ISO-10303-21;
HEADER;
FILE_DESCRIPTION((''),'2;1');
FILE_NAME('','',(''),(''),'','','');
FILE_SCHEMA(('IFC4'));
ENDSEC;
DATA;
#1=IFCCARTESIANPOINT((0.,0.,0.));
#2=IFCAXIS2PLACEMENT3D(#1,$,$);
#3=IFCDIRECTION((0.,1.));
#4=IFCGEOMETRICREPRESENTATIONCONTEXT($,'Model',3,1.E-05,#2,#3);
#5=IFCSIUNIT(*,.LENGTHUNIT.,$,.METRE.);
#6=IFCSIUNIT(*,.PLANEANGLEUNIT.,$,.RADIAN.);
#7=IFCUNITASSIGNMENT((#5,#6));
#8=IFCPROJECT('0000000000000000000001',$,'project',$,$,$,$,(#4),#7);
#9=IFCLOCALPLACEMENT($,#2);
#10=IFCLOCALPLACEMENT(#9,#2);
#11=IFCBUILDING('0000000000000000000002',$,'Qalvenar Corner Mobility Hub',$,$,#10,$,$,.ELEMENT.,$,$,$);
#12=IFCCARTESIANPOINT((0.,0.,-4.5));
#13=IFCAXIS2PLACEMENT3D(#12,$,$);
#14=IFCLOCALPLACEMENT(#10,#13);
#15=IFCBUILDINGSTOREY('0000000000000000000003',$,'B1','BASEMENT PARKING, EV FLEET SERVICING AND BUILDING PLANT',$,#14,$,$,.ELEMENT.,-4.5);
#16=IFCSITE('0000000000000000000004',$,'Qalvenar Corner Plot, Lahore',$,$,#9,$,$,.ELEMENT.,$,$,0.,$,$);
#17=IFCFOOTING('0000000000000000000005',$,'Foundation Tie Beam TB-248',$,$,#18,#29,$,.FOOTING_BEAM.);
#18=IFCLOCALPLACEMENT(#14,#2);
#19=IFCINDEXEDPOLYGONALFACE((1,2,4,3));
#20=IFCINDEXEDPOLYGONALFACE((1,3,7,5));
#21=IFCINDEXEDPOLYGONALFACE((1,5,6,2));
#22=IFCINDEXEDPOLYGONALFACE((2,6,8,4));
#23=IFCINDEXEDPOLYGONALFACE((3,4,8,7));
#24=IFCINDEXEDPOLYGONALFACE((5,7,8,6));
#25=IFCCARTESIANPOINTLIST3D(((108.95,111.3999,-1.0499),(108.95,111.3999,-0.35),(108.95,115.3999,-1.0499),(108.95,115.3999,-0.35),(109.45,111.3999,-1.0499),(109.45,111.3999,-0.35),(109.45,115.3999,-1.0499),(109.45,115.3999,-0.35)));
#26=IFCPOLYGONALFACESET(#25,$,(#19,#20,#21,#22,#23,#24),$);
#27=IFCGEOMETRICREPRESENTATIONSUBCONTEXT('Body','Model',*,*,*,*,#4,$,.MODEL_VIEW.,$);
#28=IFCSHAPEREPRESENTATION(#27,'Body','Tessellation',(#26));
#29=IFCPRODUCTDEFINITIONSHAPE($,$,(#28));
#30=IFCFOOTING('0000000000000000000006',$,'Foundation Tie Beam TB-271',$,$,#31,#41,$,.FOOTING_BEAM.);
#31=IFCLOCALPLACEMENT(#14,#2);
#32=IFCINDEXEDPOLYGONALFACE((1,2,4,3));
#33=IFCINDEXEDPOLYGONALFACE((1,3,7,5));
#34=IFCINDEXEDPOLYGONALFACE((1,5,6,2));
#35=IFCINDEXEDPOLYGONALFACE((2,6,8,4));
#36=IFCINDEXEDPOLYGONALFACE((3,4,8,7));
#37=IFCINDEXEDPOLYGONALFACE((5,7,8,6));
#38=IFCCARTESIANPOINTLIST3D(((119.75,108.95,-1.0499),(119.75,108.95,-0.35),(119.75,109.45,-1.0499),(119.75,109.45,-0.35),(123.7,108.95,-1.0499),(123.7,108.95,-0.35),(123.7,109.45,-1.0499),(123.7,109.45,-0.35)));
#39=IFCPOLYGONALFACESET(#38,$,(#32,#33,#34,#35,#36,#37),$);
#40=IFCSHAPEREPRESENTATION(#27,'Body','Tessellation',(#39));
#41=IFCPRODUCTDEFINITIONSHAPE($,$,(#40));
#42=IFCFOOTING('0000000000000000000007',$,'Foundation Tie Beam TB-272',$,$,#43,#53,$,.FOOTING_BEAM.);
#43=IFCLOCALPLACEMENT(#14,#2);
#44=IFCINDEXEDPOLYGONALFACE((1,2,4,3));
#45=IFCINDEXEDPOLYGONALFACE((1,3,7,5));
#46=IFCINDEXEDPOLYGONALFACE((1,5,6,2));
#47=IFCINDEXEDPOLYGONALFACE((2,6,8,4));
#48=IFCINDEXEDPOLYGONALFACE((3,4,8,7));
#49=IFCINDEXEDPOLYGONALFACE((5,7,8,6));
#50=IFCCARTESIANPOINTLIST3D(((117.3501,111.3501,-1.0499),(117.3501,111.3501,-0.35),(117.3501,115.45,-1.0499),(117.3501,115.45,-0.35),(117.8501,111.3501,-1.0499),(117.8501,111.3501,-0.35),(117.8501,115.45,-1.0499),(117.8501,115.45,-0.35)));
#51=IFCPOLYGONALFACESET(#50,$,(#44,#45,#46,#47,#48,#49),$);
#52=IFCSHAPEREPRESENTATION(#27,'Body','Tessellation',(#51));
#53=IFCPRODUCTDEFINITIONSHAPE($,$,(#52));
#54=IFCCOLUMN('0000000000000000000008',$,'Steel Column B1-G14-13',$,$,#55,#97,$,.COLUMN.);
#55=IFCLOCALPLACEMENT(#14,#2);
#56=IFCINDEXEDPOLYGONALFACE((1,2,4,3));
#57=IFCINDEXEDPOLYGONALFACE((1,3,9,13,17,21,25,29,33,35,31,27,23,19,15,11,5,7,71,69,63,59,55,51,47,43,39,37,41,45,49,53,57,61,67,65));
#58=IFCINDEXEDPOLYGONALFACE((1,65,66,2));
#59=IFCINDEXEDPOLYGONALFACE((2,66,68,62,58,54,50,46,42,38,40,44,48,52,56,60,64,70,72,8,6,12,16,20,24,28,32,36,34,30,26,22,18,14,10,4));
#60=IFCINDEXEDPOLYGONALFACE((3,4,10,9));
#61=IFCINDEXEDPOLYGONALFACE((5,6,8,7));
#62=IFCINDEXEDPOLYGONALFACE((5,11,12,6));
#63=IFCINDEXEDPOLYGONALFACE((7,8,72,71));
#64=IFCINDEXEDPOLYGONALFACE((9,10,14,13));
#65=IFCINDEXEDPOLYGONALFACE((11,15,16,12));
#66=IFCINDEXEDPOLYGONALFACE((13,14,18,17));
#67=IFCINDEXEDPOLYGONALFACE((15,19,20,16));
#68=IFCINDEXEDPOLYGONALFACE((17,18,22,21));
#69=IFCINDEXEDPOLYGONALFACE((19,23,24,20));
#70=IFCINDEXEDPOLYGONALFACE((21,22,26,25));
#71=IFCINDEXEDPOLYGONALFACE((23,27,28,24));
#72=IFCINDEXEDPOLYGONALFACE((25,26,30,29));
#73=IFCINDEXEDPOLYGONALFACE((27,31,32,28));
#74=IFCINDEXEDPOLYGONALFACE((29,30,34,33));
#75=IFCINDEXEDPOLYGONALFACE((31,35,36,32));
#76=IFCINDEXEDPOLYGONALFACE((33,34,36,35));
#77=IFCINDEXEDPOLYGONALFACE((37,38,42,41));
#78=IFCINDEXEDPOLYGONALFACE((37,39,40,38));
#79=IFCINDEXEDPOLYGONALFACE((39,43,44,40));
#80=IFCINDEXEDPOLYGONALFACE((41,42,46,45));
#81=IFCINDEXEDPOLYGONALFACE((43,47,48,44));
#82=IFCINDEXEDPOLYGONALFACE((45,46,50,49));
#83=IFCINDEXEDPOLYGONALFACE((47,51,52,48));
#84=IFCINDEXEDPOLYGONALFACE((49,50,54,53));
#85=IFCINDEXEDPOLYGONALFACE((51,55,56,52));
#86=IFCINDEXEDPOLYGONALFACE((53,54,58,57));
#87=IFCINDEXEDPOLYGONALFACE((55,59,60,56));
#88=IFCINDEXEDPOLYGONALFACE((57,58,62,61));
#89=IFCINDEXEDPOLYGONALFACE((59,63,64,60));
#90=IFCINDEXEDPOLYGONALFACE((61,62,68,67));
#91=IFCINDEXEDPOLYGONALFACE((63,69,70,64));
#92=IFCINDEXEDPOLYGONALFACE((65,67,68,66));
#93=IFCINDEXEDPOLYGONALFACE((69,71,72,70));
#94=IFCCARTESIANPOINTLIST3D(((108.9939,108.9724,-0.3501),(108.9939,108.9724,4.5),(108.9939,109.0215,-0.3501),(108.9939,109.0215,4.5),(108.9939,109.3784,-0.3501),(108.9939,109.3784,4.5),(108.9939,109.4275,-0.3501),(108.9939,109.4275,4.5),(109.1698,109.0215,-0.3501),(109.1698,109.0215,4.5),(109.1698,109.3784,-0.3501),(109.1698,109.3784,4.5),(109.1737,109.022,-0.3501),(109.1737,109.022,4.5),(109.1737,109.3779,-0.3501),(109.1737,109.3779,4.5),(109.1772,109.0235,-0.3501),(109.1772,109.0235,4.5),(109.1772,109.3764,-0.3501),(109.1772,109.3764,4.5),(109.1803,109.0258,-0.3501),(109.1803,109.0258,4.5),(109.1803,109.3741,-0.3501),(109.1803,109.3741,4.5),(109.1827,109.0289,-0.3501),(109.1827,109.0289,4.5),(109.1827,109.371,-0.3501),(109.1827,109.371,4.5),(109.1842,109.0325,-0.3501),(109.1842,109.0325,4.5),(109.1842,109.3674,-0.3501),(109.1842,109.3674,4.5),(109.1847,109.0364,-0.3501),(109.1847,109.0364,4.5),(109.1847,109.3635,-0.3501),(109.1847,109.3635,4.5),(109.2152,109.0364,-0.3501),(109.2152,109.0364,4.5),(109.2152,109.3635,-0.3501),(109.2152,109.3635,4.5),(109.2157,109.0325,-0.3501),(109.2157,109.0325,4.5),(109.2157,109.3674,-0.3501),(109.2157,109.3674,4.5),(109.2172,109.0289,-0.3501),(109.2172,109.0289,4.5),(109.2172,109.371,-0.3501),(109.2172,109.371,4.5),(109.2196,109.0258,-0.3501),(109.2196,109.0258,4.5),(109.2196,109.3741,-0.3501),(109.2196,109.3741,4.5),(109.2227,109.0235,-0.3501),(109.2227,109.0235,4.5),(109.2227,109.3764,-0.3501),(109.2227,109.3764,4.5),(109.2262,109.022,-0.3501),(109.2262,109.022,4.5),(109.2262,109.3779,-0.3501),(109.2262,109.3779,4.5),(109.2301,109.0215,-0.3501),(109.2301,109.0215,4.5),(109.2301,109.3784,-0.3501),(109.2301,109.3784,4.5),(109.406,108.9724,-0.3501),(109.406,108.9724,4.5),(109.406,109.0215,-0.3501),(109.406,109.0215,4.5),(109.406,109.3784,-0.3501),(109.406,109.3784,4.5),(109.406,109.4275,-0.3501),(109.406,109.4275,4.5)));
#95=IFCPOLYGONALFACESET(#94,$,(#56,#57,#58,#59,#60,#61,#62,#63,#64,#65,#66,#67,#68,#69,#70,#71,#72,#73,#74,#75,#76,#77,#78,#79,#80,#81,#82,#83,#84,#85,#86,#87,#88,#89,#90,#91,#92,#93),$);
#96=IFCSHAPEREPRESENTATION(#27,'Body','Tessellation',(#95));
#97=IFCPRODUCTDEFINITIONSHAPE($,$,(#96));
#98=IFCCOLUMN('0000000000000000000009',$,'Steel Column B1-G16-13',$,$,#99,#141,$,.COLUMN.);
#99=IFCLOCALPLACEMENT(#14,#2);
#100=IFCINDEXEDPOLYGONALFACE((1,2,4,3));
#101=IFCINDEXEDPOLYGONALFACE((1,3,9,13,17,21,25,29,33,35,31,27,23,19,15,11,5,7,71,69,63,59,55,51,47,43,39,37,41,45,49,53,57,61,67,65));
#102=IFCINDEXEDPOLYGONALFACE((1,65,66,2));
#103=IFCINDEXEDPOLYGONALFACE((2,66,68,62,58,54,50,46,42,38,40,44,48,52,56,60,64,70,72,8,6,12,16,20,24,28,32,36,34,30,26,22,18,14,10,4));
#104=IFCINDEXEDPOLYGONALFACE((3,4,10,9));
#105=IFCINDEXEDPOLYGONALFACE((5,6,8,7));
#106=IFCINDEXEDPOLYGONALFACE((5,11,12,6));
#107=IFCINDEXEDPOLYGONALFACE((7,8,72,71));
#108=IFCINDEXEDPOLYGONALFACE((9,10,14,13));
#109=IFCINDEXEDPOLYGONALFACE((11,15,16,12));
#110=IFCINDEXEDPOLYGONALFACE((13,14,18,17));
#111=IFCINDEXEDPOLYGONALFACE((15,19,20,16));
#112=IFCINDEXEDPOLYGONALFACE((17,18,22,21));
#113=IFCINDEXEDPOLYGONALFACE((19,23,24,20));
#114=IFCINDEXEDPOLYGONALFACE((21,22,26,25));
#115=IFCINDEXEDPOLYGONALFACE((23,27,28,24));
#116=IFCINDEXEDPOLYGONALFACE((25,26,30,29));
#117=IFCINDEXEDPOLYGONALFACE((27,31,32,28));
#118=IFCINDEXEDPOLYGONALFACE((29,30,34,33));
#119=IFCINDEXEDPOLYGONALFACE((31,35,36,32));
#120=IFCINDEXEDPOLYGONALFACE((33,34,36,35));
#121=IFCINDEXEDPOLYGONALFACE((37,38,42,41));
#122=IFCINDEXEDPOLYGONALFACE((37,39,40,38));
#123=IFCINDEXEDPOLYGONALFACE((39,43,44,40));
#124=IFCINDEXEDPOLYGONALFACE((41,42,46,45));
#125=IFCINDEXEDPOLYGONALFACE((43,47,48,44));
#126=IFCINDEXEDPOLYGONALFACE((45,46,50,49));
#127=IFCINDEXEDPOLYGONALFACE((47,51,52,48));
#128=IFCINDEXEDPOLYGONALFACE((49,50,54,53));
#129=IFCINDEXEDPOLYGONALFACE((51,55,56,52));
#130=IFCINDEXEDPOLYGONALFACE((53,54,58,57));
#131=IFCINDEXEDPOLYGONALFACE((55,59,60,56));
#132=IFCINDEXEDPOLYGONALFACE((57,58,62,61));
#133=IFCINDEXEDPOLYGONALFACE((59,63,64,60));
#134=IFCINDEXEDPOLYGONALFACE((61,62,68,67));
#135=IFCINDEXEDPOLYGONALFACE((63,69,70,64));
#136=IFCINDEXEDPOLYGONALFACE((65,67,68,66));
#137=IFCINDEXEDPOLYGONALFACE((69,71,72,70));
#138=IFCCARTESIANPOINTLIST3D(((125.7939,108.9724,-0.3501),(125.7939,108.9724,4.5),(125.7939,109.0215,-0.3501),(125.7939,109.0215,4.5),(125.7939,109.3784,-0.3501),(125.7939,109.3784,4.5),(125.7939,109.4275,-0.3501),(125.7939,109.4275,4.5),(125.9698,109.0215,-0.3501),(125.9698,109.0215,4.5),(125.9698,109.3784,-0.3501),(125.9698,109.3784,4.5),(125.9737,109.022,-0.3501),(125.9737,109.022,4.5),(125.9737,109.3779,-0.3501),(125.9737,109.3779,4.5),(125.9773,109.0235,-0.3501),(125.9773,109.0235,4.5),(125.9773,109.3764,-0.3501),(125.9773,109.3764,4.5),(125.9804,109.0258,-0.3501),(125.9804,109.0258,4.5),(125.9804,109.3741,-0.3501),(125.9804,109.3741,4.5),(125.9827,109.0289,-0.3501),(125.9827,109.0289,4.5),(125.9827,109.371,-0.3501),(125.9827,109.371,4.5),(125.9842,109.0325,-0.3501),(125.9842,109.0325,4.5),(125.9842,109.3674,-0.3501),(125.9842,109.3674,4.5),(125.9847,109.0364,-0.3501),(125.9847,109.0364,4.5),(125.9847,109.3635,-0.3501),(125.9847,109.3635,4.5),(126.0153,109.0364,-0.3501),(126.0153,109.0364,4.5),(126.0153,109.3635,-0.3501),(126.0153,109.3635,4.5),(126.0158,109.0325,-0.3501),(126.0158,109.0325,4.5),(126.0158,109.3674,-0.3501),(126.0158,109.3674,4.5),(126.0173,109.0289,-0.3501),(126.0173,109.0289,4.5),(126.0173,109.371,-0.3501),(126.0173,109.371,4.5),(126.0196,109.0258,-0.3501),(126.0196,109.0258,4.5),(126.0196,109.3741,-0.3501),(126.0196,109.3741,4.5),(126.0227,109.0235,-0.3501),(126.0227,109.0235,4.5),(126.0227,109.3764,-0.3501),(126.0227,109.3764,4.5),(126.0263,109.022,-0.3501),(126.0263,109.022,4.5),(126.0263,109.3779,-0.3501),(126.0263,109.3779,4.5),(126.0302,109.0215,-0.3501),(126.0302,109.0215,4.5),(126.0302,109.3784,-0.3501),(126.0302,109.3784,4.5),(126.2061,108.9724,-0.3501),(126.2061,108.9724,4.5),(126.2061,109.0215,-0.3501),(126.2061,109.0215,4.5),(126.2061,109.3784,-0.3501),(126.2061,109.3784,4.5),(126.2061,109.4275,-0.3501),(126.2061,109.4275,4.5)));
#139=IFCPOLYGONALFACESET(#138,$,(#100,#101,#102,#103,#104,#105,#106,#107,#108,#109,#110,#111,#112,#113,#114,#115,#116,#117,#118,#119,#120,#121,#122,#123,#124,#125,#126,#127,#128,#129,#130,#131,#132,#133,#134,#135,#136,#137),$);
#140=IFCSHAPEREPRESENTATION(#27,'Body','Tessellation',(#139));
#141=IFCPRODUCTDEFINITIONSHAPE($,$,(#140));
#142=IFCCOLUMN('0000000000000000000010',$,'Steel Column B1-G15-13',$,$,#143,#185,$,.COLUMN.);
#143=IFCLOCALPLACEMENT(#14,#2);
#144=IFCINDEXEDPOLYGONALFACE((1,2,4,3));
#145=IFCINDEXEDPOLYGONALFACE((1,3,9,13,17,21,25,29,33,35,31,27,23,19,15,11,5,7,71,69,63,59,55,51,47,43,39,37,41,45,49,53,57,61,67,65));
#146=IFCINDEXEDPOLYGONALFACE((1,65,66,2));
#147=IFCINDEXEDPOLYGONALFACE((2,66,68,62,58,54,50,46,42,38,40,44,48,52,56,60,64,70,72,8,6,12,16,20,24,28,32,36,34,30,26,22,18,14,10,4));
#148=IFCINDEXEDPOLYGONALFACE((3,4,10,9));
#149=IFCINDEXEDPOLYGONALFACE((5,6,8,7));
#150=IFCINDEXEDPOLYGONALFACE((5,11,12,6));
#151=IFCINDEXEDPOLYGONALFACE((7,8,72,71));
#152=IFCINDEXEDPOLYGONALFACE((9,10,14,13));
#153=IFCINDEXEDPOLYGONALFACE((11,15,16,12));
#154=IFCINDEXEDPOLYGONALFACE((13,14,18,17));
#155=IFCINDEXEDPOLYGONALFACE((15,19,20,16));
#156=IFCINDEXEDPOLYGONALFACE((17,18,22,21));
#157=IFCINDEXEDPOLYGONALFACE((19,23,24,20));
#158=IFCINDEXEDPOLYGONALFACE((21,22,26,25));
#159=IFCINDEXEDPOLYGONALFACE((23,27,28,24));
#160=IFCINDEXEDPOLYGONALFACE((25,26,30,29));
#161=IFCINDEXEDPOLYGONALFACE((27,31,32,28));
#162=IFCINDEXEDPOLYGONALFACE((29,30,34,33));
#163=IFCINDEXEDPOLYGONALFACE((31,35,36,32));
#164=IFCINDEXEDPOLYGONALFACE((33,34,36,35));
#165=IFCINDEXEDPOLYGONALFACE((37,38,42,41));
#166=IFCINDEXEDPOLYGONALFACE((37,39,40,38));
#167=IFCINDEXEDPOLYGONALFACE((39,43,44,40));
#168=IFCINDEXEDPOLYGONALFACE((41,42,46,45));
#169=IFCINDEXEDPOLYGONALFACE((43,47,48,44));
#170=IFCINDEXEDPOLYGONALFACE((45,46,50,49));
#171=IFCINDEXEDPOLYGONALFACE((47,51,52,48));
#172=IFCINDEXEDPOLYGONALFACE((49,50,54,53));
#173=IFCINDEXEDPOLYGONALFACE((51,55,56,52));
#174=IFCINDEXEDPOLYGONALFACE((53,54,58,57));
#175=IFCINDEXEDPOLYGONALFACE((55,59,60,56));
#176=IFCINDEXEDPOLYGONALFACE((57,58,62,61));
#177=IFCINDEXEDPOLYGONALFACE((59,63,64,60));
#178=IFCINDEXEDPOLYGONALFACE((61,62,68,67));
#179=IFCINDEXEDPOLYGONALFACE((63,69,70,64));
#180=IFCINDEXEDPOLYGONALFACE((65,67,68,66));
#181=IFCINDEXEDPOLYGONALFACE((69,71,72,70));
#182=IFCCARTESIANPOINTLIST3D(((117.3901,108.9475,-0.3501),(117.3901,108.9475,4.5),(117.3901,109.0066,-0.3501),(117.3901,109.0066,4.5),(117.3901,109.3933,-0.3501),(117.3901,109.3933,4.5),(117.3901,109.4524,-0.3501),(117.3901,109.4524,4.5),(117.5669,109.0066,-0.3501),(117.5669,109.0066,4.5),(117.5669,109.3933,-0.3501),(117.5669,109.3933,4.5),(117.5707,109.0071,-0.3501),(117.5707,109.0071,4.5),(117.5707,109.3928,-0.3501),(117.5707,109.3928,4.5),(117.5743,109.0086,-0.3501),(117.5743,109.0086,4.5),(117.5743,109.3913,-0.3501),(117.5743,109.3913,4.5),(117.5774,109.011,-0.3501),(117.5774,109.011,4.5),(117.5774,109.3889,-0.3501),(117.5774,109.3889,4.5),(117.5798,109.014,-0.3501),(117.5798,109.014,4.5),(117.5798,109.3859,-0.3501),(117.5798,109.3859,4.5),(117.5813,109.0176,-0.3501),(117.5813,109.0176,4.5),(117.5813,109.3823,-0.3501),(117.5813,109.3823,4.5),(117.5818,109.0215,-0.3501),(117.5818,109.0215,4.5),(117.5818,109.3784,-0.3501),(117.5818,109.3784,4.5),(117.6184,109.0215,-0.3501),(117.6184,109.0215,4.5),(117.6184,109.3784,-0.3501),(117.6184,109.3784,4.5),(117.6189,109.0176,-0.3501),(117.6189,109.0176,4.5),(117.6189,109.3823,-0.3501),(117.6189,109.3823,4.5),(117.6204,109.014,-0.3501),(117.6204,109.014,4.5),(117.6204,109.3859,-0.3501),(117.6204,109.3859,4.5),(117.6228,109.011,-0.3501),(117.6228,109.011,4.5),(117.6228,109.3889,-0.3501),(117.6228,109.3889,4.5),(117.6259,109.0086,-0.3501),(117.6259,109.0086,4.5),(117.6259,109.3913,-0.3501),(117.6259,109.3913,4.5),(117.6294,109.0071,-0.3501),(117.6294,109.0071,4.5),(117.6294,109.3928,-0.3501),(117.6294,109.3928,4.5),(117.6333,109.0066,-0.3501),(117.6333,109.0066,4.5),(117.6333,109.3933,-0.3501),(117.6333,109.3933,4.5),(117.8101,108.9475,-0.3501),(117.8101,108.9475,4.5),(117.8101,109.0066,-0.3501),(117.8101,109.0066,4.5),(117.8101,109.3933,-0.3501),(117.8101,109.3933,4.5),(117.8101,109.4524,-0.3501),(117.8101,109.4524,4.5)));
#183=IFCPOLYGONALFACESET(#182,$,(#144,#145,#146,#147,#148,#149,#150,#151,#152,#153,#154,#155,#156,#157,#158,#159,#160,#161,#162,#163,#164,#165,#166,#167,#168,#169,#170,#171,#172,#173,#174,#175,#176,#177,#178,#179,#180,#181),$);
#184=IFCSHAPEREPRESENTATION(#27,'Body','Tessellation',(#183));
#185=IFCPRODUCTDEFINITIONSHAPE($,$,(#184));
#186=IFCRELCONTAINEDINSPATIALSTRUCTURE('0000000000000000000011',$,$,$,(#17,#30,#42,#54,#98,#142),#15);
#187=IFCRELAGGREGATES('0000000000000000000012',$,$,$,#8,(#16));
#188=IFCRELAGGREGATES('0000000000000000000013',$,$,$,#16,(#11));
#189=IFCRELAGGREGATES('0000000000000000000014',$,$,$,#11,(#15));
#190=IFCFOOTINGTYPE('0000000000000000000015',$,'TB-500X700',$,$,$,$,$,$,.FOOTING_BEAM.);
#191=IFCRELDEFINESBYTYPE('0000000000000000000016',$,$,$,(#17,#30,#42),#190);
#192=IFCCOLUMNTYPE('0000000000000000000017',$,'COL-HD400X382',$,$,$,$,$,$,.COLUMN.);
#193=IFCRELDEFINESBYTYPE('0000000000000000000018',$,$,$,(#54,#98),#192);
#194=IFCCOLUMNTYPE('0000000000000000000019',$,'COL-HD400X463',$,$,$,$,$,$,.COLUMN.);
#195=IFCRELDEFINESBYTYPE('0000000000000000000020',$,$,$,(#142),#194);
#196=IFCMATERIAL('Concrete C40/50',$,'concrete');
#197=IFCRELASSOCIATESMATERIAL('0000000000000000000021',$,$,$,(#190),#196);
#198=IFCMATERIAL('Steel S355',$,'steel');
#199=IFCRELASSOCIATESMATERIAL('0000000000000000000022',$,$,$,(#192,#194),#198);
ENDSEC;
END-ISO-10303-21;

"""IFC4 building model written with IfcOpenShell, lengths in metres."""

from ifc_helpers import new_model, si_unit, direction, frame, origin, origin_2d, place, context, subcontext, project, spatial, rectangle, i_section, extrude, material, material_profile, profile_set, type_object, element, save


model = new_model("IFC4")

# Units and contexts
model_context = context("Model", 3, precision=1e-05, world=origin(), true_north=direction((0.0, 1.0)))
body_context = subcontext(model_context, "Body", "Model", "MODEL_VIEW")
ifc_project = project(units=[si_unit("LENGTHUNIT", "METRE"), si_unit("PLANEANGLEUNIT", "RADIAN")], contexts=[model_context])

# Site, building, storey
site_placement = place(None, origin())
site = spatial("IfcSite", under=ifc_project, at=site_placement, Name="Qalvenar Corner Plot, Lahore", CompositionType="ELEMENT", RefElevation=0.0)
building_placement = place(site_placement, origin())
building = spatial("IfcBuilding", under=site, at=building_placement, Name="Qalvenar Corner Mobility Hub", CompositionType="ELEMENT")
storey_placement = place(building_placement, frame((0.0, 0.0, -4.5)))
storey = spatial("IfcBuildingStorey", under=building, at=storey_placement, Name="B1", Description="BASEMENT PARKING, EV FLEET SERVICING AND BUILDING PLANT", CompositionType="ELEMENT", Elevation=-4.5)

# Shared definitions
ifc_material_1 = material(Name="Concrete C40/50", Category="concrete")

# Footings
ifc_material_profile_1 = material_profile(ifc_material_1, rectangle(XDim=0.5, YDim=0.7, at=origin_2d()), Name="RC500x700")
ifc_profile_set_1 = profile_set([ifc_material_profile_1], Name="Concrete C40/50")
footing_type_1 = type_object("IfcFootingType", Name="TB-500X700", PredefinedType="FOOTING_BEAM", material=ifc_profile_set_1)
footing_1_placement = place(storey_placement, frame((109.2, 111.3999, -0.7), z_axis=(0.0, 1.0, 0.0), x_axis=(-1.0, 0.0, 0.0)))
element("IfcFooting", 1, at=footing_1_placement, inside=storey, type_object=footing_type_1, Name="Foundation Tie Beam TB-248", PredefinedType="FOOTING_BEAM", context=body_context, shape_type="SweptSolid", body=[
    extrude(rectangle(XDim=0.5, YDim=0.7, at=origin_2d()), origin(), (0.0, 0.0, 1.0), 4.0),
])
footing_2_placement = place(storey_placement, frame((119.75, 109.2, -0.7), z_axis=(1.0, 0.0, 0.0), x_axis=(0.0, 1.0, 0.0)))
element("IfcFooting", 2, at=footing_2_placement, inside=storey, type_object=footing_type_1, Name="Foundation Tie Beam TB-271", PredefinedType="FOOTING_BEAM", context=body_context, shape_type="SweptSolid", body=[
    extrude(rectangle(XDim=0.5, YDim=0.7, at=origin_2d()), origin(), (0.0, 0.0, 1.0), 3.95),
])
footing_3_placement = place(storey_placement, frame((117.6001, 111.3501, -0.7), z_axis=(0.0, 1.0, 0.0), x_axis=(-1.0, 0.0, 0.0)))
element("IfcFooting", 3, at=footing_3_placement, inside=storey, type_object=footing_type_1, Name="Foundation Tie Beam TB-272", PredefinedType="FOOTING_BEAM", context=body_context, shape_type="SweptSolid", body=[
    extrude(rectangle(XDim=0.5, YDim=0.7, at=origin_2d()), origin(), (0.0, 0.0, 1.0), 4.0999),
])

# Columns
ifc_material_2 = material(Name="Steel S355", Category="steel")
ifc_material_profile_2 = material_profile(ifc_material_2, i_section(OverallWidth=0.4121, OverallDepth=0.4551, WebThickness=0.0305, FlangeThickness=0.0491, FilletRadius=0.0149, at=origin_2d()), Name="HD400x421")
ifc_profile_set_2 = profile_set([ifc_material_profile_2], Name="Steel S355")
column_type_1 = type_object("IfcColumnType", Name="COL-HD400X382", PredefinedType="COLUMN", material=ifc_profile_set_2)
for number, where, z_axis, x_axis, name in (
    (4, (109.2, 109.2, -0.3501), (0.0, 0.0, 1.0), (1.0, 0.0, 0.0), "Steel Column B1-G14-13"),
    (5, (126.0, 109.2, -0.3501), (0.0, 0.0, 1.0), (1.0, 0.0, 0.0), "Steel Column B1-G16-13"),
):
    element("IfcColumn", number, at=place(storey_placement, frame(where, z_axis=z_axis, x_axis=x_axis)), inside=storey, type_object=column_type_1, Name=name, PredefinedType="COLUMN", context=body_context, shape_type="SweptSolid", body=[
        extrude(i_section(OverallWidth=0.4121, OverallDepth=0.4551, WebThickness=0.0305, FlangeThickness=0.0491, FilletRadius=0.0149, at=origin_2d()), origin(), (0.0, 0.0, 1.0), 4.8501),
    ])
ifc_material_profile_3 = material_profile(ifc_material_2, i_section(OverallWidth=0.4199, OverallDepth=0.5049, WebThickness=0.0366, FlangeThickness=0.0591, FilletRadius=0.0149, at=origin_2d()), Name="HD400x551")
ifc_profile_set_3 = profile_set([ifc_material_profile_3], Name="Steel S355")
column_type_2 = type_object("IfcColumnType", Name="COL-HD400X463", PredefinedType="COLUMN", material=ifc_profile_set_3)
column_1_placement = place(storey_placement, frame((117.6001, 109.2, -0.3501), z_axis=(0.0, 0.0, 1.0), x_axis=(1.0, 0.0, 0.0)))
element("IfcColumn", 6, at=column_1_placement, inside=storey, type_object=column_type_2, Name="Steel Column B1-G15-13", PredefinedType="COLUMN", context=body_context, shape_type="SweptSolid", body=[
    extrude(i_section(OverallWidth=0.4199, OverallDepth=0.5049, WebThickness=0.0366, FlangeThickness=0.0591, FilletRadius=0.0149, at=origin_2d()), origin(), (0.0, 0.0, 1.0), 4.8501),
])

save(model, "model.ifc")
